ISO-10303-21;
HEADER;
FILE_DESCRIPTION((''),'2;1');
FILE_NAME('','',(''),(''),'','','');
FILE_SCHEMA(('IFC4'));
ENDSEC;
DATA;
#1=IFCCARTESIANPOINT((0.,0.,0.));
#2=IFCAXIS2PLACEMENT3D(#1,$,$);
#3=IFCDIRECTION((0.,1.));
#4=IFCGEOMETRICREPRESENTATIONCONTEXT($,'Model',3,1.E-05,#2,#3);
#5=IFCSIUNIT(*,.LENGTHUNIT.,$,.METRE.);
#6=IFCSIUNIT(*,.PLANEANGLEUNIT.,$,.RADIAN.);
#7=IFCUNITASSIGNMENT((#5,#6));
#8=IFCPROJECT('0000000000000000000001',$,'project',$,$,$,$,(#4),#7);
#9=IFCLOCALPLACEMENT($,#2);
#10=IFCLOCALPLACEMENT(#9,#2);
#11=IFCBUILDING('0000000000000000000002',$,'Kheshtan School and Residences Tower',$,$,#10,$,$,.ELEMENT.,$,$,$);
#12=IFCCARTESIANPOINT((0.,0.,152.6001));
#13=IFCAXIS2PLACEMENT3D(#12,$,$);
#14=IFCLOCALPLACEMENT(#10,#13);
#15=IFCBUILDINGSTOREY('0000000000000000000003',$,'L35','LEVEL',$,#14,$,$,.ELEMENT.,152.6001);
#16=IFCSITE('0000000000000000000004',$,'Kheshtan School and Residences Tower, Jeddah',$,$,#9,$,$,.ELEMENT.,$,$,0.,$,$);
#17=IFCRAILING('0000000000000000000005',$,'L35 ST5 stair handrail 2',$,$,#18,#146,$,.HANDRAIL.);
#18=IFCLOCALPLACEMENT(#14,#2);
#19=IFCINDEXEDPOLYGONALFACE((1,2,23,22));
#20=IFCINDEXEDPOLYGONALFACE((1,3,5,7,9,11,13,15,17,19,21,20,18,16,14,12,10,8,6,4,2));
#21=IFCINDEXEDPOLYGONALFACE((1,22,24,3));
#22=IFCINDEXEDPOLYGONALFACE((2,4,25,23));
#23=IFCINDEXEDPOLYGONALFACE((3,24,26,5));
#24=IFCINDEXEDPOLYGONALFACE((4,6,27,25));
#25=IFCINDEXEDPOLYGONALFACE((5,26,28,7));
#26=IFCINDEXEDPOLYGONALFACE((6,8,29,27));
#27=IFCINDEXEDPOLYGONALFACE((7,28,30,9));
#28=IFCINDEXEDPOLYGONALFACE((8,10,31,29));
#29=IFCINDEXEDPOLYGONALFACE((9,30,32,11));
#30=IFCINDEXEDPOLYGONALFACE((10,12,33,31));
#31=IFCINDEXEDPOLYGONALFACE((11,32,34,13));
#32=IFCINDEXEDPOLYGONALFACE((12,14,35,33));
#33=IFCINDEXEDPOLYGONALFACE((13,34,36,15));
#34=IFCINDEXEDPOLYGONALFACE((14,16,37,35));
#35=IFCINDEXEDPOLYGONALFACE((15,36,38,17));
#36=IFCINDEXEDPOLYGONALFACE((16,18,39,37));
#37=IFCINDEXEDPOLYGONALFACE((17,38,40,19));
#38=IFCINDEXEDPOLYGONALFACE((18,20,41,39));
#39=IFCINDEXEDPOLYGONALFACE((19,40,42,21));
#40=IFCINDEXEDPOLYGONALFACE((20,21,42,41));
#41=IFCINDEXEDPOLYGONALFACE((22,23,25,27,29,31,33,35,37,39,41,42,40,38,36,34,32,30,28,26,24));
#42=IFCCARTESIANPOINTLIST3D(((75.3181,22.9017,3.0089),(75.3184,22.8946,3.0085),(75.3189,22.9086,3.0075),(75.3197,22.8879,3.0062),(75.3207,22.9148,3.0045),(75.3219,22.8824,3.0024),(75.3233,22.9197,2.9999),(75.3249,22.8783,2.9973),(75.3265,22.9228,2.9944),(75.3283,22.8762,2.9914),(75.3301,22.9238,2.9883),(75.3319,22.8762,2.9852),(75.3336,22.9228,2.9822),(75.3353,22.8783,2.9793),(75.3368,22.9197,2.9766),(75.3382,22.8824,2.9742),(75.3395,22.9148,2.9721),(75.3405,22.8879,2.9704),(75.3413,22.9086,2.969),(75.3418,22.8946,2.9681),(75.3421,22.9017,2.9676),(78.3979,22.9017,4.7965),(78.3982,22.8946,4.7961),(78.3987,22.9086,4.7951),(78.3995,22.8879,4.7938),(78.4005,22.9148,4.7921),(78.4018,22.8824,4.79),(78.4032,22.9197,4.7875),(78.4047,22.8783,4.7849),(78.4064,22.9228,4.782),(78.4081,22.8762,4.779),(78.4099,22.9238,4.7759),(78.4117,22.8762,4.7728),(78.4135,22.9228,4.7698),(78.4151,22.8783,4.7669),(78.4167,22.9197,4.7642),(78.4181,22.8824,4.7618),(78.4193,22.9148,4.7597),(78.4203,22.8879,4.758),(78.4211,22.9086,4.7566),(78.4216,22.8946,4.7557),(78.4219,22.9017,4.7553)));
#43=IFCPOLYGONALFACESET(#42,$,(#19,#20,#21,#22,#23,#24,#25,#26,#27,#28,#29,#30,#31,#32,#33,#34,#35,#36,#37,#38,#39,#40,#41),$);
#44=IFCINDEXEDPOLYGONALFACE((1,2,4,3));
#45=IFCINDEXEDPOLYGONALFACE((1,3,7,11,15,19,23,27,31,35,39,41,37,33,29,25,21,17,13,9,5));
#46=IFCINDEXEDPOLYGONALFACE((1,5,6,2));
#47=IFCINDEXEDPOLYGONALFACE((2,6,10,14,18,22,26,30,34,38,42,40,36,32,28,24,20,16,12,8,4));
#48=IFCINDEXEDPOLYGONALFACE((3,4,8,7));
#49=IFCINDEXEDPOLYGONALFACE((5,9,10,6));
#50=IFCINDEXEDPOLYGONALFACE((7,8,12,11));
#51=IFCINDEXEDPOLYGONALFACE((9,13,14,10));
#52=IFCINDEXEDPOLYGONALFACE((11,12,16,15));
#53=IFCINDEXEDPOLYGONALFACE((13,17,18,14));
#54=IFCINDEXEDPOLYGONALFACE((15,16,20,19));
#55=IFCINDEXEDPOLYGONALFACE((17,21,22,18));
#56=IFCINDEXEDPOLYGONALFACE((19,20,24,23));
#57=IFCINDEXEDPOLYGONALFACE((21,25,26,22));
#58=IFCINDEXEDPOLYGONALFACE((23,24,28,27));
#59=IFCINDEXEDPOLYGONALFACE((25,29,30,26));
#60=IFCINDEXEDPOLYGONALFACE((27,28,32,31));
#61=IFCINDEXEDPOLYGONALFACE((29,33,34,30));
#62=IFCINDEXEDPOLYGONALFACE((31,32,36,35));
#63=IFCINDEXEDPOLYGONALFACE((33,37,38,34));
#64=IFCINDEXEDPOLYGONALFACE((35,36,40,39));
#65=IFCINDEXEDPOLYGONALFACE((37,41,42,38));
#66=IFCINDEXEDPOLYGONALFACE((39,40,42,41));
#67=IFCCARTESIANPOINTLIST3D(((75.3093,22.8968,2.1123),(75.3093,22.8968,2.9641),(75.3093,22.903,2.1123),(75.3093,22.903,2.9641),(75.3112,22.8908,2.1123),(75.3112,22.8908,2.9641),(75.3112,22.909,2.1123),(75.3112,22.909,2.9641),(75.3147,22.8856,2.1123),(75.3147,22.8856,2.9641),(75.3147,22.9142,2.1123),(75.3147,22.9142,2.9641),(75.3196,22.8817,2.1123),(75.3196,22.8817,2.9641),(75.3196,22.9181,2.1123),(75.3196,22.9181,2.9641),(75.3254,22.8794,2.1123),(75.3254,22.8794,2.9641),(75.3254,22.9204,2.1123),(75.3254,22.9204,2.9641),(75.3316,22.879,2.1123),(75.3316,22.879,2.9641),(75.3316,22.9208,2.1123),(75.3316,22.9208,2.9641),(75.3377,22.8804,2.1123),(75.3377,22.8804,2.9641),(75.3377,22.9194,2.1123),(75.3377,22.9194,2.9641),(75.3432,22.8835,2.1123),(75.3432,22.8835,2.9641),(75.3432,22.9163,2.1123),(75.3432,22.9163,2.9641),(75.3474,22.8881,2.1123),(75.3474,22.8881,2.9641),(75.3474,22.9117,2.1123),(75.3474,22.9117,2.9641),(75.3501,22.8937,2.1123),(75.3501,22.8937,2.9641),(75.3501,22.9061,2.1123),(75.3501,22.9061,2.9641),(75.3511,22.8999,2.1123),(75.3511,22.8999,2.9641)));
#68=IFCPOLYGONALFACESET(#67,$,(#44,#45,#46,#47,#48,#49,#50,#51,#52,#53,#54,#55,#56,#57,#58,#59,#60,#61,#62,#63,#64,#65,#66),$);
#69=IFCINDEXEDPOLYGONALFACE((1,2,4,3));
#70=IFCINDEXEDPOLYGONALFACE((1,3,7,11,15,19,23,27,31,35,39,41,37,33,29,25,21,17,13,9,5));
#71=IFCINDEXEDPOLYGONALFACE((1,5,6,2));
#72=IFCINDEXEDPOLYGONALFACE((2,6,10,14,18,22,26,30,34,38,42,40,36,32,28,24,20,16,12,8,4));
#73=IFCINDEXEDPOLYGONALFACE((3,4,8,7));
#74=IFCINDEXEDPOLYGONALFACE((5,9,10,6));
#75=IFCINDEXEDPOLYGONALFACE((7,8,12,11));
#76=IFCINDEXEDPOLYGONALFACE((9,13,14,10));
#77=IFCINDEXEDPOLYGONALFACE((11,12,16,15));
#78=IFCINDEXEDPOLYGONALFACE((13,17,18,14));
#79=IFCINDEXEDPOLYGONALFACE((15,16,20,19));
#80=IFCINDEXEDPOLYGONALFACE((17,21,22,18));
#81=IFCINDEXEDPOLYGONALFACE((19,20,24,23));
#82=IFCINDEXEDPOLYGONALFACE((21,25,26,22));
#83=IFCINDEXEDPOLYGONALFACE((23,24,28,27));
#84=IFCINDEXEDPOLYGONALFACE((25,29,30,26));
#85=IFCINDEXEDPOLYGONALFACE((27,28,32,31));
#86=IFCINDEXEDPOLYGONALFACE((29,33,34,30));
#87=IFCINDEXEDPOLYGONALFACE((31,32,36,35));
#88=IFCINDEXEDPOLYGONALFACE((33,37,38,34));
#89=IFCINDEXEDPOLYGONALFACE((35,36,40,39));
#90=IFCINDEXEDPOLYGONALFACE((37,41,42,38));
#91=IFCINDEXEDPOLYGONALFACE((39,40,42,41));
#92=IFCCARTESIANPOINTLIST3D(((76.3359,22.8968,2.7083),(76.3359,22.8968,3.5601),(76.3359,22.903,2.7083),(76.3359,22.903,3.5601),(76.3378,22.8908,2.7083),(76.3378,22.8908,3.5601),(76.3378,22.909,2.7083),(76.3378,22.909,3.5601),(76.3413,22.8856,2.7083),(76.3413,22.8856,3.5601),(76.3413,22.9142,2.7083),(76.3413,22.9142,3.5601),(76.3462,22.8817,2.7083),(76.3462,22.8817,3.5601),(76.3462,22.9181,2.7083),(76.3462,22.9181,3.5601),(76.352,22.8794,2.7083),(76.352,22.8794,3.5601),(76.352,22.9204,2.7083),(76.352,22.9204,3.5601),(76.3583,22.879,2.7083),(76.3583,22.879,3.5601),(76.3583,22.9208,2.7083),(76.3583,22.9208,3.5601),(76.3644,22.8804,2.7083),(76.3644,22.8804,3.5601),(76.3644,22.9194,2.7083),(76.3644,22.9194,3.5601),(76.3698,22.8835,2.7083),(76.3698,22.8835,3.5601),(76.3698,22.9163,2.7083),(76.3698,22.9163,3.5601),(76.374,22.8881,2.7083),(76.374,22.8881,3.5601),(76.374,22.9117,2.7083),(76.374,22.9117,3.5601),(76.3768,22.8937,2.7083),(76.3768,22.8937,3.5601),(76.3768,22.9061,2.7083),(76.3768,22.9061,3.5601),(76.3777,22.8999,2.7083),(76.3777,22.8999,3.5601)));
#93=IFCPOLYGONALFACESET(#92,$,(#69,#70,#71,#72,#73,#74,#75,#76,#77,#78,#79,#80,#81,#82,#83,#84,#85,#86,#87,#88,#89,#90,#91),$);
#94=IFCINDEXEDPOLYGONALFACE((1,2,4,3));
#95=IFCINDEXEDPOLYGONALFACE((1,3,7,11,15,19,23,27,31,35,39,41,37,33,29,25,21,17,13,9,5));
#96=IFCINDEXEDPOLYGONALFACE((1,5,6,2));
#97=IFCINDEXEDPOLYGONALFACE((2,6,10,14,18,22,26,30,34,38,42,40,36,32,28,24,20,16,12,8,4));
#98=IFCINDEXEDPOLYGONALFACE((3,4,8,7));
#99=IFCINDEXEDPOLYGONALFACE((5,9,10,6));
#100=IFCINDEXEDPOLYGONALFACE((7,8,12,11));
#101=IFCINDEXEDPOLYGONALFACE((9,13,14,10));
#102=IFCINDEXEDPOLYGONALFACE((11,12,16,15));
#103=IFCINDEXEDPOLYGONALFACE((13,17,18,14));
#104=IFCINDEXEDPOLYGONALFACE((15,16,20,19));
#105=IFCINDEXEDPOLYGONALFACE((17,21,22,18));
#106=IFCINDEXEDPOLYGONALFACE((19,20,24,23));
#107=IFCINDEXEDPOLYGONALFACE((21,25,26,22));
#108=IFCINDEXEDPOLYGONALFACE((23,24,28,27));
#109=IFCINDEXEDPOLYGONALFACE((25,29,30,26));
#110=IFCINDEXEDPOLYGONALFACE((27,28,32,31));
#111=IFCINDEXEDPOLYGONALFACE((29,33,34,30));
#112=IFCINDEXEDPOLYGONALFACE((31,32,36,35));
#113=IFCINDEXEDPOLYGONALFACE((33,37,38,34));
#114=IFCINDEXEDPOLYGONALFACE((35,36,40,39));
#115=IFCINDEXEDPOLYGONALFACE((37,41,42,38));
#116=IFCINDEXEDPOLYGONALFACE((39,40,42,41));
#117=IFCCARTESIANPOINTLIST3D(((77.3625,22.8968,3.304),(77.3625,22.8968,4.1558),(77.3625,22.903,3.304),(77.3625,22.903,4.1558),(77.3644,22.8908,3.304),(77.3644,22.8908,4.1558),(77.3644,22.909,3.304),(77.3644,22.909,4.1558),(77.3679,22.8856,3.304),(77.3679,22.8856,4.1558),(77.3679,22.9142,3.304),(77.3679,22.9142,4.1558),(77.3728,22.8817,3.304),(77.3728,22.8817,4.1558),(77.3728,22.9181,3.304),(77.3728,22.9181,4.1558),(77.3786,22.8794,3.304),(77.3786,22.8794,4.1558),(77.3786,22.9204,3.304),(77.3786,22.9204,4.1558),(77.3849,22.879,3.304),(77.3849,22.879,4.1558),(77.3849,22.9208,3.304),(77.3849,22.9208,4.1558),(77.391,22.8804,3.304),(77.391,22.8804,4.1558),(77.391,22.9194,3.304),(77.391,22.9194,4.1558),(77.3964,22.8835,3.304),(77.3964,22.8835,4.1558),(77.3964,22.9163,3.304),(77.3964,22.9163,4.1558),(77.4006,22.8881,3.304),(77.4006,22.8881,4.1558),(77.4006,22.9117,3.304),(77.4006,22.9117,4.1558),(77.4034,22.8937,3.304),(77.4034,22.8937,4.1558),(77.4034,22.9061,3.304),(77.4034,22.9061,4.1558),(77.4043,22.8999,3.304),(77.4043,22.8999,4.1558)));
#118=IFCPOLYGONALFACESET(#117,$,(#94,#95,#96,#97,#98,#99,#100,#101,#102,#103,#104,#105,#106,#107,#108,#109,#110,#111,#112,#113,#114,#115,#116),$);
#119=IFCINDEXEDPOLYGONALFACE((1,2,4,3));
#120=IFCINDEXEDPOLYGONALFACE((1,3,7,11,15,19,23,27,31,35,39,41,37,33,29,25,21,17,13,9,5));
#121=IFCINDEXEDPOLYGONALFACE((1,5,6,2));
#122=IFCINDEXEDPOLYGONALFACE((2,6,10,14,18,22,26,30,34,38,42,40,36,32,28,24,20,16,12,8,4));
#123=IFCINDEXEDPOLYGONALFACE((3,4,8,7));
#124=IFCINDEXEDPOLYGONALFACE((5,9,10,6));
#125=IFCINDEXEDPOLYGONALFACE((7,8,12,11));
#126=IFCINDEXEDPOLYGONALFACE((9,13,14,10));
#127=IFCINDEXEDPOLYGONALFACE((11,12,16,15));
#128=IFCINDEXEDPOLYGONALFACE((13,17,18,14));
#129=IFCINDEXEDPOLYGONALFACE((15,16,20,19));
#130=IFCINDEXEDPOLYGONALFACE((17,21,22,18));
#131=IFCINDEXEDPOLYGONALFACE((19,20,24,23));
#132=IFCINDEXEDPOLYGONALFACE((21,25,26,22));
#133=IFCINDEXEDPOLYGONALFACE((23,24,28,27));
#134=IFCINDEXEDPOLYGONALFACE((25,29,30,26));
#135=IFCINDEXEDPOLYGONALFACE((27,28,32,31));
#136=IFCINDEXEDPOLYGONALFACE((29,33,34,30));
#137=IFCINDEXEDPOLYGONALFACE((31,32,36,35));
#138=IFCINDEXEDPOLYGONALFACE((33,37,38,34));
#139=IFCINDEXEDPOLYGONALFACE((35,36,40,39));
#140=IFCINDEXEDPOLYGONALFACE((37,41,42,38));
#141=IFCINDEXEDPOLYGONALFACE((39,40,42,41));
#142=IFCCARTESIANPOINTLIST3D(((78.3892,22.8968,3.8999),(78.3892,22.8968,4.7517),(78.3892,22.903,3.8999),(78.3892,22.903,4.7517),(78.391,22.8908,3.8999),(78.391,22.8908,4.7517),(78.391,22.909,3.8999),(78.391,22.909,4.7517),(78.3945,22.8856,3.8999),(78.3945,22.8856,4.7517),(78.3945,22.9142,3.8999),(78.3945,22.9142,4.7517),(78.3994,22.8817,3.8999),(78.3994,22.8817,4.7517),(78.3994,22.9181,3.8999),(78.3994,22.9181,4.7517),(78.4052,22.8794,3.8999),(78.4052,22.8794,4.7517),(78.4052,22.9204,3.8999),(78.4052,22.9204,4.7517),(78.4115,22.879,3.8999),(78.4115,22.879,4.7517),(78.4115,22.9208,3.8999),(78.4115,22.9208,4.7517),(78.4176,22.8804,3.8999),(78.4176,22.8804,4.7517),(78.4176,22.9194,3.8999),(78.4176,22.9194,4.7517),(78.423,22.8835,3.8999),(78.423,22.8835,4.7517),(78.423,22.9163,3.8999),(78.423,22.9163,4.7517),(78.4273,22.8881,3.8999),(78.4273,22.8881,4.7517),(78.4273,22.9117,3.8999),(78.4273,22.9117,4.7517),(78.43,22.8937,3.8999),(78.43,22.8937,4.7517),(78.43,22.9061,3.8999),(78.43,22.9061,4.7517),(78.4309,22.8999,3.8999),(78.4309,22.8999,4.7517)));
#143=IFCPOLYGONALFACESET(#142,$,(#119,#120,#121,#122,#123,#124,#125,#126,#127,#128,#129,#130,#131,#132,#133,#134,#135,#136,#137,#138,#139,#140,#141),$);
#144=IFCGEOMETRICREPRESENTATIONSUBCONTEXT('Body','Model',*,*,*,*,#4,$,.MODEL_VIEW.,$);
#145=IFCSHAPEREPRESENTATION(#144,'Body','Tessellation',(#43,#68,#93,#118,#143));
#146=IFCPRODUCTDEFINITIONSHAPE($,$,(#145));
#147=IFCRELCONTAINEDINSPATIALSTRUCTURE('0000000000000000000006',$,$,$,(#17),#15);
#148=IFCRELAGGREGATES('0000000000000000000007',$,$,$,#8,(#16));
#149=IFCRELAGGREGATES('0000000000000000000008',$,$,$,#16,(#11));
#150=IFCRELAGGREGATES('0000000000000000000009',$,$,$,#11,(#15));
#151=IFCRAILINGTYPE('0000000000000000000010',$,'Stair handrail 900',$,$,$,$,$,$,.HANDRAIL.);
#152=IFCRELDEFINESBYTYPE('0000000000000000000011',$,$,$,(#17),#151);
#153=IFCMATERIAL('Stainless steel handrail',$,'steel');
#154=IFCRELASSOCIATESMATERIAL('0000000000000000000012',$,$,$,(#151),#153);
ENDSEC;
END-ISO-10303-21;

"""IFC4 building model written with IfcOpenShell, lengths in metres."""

from ifc_helpers import new_model, si_unit, direction, frame, origin, origin_2d, place, context, subcontext, project, spatial, circle, extrude, material, type_object, element, save


model = new_model("IFC4")

# Units and contexts
model_context = context("Model", 3, precision=1e-05, world=origin(), true_north=direction((0.0, 1.0)))
body_context = subcontext(model_context, "Body", "Model", "MODEL_VIEW")
ifc_project = project(units=[si_unit("LENGTHUNIT", "METRE"), si_unit("PLANEANGLEUNIT", "RADIAN")], contexts=[model_context])

# Site, building, storey
site_placement = place(None, origin())
site = spatial("IfcSite", under=ifc_project, at=site_placement, Name="Kheshtan School and Residences Tower, Jeddah", CompositionType="ELEMENT", RefElevation=0.0)
building_placement = place(site_placement, origin())
building = spatial("IfcBuilding", under=site, at=building_placement, Name="Kheshtan School and Residences Tower", CompositionType="ELEMENT")
storey_placement = place(building_placement, frame((0.0, 0.0, 152.6001)))
storey = spatial("IfcBuildingStorey", under=building, at=storey_placement, Name="L35", Description="LEVEL", CompositionType="ELEMENT", Elevation=152.6001)

# Railing
ifc_material_1 = material(Name="Stainless steel handrail", Category="steel")
railing_type_1 = type_object("IfcRailingType", Name="Stair handrail 900", PredefinedType="HANDRAIL", material=ifc_material_1)
railing_1_placement = place(storey_placement, frame((75.3301, 22.8999, 2.1123)))
element("IfcRailing", 1, at=railing_1_placement, inside=storey, type_object=railing_type_1, Name="L35 ST5 stair handrail 2", PredefinedType="HANDRAIL", context=body_context, shape_type="SweptSolid", body=[
    extrude(circle(Radius=0.0239, at=origin_2d()), frame((0.0, 0.0, 0.876), z_axis=(0.864873, 0.0, 0.50199), x_axis=(0.0, 1.0, 0.0)), (0.0, 0.0, 1.0), 3.561),
    extrude(circle(Radius=0.021, at=origin_2d()), origin(), (0.0, 0.0, 1.0), 0.8518),
    extrude(circle(Radius=0.021, at=origin_2d()), frame((1.0266, 0.0, 0.5959)), (0.0, 0.0, 1.0), 0.8518),
    extrude(circle(Radius=0.021, at=origin_2d()), frame((2.0532, 0.0, 1.1917)), (0.0, 0.0, 1.0), 0.8518),
    extrude(circle(Radius=0.021, at=origin_2d()), frame((3.0798, 0.0, 1.7876)), (0.0, 0.0, 1.0), 0.8518),
])

save(model, "model.ifc")
